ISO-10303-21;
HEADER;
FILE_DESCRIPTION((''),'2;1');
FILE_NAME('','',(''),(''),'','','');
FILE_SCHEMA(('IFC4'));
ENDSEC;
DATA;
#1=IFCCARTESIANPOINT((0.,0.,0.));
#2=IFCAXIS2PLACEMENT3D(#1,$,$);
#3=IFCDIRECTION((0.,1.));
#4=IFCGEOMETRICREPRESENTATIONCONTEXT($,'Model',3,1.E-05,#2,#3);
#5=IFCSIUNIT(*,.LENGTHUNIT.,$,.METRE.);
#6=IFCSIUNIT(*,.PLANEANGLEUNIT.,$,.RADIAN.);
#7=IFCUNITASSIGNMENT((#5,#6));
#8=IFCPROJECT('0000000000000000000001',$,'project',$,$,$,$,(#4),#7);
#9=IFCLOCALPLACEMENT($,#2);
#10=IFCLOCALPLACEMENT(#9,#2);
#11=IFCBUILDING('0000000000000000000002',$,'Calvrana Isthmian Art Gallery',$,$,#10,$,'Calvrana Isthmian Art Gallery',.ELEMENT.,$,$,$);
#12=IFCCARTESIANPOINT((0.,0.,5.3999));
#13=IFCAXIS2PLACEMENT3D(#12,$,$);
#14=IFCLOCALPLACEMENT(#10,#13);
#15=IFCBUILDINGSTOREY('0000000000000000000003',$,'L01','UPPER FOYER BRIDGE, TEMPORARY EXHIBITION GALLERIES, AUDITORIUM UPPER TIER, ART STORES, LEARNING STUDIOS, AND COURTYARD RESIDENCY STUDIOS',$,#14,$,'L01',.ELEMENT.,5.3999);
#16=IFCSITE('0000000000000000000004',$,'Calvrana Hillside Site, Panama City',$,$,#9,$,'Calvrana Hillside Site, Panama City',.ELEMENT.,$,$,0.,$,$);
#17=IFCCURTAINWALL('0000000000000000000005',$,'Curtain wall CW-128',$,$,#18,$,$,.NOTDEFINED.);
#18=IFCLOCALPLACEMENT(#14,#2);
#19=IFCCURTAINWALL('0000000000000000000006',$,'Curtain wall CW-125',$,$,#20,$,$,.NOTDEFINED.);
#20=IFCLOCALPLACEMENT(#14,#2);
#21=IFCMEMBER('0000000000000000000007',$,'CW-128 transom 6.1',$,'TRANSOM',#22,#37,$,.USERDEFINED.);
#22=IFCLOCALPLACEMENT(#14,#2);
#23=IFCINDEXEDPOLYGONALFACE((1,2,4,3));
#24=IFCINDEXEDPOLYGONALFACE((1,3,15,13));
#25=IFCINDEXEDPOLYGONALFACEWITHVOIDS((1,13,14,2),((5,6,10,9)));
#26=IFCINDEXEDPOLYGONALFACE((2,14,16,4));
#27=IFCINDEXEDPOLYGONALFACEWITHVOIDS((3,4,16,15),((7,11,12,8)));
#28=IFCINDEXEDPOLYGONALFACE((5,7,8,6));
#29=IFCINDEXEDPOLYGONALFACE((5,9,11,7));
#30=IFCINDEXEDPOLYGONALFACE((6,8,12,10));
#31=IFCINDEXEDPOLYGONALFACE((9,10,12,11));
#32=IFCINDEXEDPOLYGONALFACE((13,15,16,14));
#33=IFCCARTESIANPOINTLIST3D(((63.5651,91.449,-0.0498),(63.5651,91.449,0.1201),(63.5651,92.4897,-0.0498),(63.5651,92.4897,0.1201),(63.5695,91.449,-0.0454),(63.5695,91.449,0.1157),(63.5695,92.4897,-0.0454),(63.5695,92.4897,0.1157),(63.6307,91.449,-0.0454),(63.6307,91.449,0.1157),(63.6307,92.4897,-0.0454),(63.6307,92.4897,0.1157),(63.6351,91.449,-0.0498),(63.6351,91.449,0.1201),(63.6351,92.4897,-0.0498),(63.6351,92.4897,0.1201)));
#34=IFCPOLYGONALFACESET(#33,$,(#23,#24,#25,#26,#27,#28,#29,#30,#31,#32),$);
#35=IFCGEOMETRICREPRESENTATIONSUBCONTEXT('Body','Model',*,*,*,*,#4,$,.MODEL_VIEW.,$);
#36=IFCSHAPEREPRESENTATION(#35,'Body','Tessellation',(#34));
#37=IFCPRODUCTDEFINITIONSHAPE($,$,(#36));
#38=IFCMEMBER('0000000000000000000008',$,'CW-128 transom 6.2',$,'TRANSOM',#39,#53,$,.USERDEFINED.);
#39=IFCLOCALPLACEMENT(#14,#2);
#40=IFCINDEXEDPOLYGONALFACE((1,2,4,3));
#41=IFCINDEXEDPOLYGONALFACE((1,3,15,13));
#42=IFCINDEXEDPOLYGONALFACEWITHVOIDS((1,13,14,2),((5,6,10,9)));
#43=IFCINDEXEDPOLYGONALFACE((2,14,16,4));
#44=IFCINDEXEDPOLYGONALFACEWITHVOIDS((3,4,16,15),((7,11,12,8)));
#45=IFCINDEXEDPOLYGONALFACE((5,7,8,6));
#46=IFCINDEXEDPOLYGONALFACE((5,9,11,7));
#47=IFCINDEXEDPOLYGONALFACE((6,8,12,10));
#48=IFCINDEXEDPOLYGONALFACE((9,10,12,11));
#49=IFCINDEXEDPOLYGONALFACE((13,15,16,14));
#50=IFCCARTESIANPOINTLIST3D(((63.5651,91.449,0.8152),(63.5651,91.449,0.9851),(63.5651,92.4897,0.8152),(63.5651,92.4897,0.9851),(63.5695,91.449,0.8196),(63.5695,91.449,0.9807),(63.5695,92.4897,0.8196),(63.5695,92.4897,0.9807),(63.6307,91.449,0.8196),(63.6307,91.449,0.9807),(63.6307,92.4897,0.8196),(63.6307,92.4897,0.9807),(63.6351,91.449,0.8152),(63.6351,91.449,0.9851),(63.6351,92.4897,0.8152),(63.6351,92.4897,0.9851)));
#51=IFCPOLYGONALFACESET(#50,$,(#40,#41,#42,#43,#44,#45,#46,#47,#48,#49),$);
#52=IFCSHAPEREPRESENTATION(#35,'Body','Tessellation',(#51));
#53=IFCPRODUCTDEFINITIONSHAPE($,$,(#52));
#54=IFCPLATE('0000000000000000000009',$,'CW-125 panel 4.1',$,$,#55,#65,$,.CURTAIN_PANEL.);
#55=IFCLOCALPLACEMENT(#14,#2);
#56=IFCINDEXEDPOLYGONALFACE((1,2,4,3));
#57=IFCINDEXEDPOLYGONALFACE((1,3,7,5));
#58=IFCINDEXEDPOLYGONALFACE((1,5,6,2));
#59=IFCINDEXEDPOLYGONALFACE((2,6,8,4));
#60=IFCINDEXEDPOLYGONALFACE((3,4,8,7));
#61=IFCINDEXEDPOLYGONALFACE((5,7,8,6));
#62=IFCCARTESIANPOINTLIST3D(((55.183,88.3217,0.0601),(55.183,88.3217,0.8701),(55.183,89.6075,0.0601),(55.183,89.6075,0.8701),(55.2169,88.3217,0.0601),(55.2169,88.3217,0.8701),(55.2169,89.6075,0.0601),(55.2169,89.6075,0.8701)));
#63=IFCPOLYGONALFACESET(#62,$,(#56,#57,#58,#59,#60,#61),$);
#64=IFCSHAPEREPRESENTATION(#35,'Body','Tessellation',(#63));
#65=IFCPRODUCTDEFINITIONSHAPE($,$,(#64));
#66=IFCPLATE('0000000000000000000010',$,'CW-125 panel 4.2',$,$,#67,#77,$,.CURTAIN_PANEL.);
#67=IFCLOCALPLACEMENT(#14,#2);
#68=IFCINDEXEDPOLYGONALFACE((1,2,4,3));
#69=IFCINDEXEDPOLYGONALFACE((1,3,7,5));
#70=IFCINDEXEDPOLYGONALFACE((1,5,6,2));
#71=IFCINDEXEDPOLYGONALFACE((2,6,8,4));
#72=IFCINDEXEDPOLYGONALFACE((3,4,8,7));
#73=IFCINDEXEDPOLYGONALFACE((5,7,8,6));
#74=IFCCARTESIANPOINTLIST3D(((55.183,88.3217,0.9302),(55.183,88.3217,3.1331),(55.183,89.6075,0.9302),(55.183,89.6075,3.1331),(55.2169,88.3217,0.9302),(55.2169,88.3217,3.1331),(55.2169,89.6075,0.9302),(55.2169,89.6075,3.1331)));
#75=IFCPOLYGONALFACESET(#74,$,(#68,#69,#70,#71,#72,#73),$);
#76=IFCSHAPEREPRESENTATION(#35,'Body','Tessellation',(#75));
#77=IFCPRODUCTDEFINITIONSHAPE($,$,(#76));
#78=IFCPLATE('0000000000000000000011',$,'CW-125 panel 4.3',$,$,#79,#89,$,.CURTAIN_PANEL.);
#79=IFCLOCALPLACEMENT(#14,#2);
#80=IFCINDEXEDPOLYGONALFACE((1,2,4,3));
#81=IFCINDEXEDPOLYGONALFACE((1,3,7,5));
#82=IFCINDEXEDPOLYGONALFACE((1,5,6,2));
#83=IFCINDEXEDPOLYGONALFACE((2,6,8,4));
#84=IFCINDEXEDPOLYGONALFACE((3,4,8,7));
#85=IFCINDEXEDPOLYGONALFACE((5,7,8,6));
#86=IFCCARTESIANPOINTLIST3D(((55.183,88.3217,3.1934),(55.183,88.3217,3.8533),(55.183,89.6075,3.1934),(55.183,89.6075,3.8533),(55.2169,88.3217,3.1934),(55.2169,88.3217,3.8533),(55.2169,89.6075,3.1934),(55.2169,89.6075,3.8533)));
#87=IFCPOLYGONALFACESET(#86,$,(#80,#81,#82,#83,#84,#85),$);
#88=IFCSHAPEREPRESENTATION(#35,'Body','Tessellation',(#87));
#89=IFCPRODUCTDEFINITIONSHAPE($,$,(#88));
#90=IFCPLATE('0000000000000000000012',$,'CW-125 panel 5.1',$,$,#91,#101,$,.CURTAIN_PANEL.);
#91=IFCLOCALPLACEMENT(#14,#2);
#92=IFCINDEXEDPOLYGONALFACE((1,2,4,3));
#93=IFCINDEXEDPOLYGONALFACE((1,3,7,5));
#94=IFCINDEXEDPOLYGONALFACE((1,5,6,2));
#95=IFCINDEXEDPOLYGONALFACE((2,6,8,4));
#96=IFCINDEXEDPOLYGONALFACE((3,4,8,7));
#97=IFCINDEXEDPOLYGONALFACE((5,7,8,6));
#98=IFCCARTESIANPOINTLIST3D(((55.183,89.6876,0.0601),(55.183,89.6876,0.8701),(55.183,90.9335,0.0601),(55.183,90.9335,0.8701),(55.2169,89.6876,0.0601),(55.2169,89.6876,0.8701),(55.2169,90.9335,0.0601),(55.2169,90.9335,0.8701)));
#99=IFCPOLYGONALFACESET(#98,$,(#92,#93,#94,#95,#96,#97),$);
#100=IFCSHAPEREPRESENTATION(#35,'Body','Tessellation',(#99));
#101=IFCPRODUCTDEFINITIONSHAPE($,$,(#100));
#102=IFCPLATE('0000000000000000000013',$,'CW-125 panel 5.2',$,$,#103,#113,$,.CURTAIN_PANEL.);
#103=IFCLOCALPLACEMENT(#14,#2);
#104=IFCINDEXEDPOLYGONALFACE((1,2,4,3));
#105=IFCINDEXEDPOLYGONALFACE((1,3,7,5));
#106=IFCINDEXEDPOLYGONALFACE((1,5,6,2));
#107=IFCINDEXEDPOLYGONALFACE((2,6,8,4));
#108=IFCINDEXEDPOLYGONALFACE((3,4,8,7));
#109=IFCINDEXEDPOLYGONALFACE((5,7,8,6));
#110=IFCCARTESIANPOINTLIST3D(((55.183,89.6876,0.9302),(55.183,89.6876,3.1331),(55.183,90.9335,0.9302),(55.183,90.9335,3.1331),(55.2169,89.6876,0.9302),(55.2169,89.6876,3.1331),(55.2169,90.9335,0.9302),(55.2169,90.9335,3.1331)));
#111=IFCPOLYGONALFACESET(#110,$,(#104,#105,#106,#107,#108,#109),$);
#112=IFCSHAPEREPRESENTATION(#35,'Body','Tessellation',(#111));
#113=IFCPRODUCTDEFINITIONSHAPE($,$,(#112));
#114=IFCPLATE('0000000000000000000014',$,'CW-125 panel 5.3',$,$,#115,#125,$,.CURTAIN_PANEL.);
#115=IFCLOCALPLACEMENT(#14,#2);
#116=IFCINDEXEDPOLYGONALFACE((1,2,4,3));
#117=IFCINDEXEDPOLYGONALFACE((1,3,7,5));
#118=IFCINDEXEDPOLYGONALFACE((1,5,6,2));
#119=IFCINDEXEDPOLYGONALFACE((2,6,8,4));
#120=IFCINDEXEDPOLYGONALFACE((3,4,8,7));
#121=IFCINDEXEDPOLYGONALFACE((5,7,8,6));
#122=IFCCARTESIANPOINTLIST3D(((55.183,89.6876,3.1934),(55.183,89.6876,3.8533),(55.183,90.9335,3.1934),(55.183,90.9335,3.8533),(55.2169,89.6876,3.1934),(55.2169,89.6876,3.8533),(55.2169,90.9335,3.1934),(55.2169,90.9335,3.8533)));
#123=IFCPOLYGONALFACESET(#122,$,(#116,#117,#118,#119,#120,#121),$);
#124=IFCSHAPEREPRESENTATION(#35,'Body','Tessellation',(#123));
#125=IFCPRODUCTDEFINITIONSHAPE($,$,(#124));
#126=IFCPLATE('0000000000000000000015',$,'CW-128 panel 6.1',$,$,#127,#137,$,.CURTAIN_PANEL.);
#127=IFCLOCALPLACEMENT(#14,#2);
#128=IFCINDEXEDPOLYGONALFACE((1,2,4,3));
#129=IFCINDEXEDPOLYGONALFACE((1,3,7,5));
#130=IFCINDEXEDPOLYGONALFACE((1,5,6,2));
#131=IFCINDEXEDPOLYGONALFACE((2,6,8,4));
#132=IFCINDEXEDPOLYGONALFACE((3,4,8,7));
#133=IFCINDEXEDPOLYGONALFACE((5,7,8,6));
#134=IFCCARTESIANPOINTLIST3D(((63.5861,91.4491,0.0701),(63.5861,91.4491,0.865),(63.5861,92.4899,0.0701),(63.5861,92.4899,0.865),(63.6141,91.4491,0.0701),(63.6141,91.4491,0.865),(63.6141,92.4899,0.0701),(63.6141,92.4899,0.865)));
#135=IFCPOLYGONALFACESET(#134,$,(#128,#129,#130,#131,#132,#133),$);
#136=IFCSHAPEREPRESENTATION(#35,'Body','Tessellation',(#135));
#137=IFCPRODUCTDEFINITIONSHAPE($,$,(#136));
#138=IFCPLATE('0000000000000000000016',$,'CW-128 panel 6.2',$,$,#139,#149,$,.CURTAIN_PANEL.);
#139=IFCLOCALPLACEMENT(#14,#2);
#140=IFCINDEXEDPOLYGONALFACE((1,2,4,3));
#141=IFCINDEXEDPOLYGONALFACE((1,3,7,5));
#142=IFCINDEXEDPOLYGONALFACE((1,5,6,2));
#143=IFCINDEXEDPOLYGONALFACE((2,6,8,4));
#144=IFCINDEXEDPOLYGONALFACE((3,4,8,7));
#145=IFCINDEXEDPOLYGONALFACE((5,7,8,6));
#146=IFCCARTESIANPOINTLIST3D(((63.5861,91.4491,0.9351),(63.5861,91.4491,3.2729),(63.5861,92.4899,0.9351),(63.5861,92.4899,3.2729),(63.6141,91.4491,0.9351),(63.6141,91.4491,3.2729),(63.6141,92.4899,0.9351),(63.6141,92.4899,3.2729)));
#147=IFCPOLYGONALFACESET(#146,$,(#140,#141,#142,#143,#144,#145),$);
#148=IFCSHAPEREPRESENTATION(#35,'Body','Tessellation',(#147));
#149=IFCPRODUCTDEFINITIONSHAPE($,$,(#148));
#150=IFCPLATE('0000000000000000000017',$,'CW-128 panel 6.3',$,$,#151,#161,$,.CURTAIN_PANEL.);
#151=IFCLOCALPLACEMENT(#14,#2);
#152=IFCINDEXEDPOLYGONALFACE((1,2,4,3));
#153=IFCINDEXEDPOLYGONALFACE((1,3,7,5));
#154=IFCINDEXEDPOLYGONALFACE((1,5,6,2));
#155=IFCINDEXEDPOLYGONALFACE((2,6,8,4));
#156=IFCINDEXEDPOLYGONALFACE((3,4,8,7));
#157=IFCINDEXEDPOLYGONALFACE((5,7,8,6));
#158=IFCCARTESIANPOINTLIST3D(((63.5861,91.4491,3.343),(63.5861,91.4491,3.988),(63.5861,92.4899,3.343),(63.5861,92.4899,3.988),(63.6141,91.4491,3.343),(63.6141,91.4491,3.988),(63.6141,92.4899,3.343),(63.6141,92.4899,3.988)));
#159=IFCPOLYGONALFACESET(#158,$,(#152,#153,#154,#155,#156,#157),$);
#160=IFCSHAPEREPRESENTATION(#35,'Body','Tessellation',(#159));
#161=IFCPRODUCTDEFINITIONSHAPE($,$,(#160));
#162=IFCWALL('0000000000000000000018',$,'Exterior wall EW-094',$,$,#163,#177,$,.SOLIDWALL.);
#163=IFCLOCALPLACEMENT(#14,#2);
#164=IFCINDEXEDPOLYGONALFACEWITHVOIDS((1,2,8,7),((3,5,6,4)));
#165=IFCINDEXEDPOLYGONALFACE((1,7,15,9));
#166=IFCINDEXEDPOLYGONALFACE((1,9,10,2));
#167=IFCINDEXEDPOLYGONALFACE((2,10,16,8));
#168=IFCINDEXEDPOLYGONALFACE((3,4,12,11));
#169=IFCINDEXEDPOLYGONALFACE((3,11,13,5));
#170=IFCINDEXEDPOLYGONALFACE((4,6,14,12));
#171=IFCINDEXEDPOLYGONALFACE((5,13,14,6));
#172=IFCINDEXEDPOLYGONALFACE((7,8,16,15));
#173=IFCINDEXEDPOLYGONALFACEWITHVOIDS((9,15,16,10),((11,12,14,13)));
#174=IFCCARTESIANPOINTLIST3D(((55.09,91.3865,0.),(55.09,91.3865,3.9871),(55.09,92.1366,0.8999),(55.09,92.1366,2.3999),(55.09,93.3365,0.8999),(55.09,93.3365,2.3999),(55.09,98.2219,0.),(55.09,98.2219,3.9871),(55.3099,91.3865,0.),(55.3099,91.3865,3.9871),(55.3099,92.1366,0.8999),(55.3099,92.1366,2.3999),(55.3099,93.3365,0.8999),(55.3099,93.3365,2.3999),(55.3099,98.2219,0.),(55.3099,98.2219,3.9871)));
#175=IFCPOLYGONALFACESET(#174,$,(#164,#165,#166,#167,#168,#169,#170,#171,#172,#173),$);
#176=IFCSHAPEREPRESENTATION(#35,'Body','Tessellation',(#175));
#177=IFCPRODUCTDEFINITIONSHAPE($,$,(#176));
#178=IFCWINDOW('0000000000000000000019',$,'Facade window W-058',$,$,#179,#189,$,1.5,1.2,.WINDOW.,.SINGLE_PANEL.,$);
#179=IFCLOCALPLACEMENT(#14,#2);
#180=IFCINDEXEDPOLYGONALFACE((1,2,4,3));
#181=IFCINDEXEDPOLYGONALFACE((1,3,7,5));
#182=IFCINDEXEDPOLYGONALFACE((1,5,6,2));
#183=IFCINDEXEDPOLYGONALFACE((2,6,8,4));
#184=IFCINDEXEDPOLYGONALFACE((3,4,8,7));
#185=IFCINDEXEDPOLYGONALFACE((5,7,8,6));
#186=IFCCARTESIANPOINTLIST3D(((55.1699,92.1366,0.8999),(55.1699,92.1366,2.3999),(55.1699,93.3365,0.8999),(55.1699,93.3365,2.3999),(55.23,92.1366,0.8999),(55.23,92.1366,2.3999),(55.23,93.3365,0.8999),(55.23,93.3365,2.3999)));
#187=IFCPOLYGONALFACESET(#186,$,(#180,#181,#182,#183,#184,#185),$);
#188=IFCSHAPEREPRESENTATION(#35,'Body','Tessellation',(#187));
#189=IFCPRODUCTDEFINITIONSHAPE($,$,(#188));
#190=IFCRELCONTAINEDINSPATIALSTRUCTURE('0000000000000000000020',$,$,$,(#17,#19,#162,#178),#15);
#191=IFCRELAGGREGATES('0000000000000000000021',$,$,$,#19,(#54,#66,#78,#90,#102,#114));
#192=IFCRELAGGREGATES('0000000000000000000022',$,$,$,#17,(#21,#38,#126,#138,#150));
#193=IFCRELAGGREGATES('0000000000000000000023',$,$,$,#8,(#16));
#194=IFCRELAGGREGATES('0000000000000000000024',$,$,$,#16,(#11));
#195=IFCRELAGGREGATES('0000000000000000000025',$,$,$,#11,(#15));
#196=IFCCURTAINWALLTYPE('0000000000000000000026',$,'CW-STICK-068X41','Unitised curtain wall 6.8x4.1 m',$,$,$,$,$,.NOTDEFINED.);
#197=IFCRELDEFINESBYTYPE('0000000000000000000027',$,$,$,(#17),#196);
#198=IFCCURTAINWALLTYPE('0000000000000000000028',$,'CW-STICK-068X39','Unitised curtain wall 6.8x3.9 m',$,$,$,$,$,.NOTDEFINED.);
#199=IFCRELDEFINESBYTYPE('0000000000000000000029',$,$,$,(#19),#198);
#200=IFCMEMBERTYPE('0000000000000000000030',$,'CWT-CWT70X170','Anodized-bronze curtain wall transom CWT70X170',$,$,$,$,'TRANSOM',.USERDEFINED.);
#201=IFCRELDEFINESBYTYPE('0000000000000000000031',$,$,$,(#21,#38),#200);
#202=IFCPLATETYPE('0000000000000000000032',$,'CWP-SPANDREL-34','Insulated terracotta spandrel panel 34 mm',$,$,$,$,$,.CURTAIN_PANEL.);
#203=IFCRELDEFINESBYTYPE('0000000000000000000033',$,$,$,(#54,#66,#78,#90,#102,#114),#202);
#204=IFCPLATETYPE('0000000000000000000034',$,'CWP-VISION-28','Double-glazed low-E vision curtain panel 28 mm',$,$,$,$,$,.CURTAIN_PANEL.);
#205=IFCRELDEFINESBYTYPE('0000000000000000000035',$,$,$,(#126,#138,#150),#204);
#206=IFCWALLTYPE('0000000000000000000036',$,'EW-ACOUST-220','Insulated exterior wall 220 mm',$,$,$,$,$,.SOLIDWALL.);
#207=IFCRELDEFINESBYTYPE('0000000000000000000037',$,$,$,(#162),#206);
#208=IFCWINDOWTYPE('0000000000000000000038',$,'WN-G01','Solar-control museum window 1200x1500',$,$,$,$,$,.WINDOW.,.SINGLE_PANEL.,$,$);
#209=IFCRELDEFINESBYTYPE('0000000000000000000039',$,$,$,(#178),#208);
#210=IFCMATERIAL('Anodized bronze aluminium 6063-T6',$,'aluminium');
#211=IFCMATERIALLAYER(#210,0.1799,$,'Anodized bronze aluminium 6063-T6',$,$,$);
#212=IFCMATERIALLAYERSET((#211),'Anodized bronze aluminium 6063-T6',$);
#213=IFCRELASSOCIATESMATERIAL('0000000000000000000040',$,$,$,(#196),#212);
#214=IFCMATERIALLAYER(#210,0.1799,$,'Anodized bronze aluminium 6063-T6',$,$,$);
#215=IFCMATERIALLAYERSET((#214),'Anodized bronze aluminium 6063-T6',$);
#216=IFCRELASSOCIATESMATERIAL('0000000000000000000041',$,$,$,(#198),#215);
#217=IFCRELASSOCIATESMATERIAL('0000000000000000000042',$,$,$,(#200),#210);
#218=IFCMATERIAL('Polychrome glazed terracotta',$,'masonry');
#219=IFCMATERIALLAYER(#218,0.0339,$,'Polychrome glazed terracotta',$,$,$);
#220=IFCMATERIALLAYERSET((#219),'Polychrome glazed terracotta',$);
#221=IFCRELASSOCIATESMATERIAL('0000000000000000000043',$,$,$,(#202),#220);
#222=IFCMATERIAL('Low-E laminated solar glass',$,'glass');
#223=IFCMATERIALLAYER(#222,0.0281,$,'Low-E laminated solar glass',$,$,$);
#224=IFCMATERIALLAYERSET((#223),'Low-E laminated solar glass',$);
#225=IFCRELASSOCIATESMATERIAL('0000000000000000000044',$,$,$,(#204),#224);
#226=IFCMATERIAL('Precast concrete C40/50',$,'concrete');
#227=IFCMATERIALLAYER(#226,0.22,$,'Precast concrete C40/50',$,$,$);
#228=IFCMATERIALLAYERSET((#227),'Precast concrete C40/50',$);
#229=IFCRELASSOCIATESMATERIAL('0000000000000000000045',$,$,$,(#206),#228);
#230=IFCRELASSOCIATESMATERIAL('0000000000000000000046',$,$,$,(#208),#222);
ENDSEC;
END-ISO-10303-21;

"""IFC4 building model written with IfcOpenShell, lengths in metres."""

from ifc_helpers import new_model, si_unit, direction, frame, frame_2d, origin, origin_2d, place, context, subcontext, project, spatial, rectangle, hollow_rectangle, extrude, material, layer, layer_set, material_profile, profile_set, type_object, element, fill, aggregate, save


model = new_model("IFC4")

# Units and contexts
model_context = context("Model", 3, precision=1e-05, world=origin(), true_north=direction((0.0, 1.0)))
body_context = subcontext(model_context, "Body", "Model", "MODEL_VIEW")
ifc_project = project(units=[si_unit("LENGTHUNIT", "METRE"), si_unit("PLANEANGLEUNIT", "RADIAN")], contexts=[model_context])

# Site, building, storey
site_placement = place(None, origin())
site = spatial("IfcSite", under=ifc_project, at=site_placement, Name="Calvrana Hillside Site, Panama City", LongName="Calvrana Hillside Site, Panama City", CompositionType="ELEMENT", RefElevation=0.0)
building_placement = place(site_placement, origin())
building = spatial("IfcBuilding", under=site, at=building_placement, Name="Calvrana Isthmian Art Gallery", LongName="Calvrana Isthmian Art Gallery", CompositionType="ELEMENT")
storey_placement = place(building_placement, frame((0.0, 0.0, 5.3999)))
storey = spatial("IfcBuildingStorey", under=building, at=storey_placement, Name="L01", Description="UPPER FOYER BRIDGE, TEMPORARY EXHIBITION GALLERIES, AUDITORIUM UPPER TIER, ART STORES, LEARNING STUDIOS, AND COURTYARD RESIDENCY STUDIOS", LongName="L01", CompositionType="ELEMENT", Elevation=5.3999)

# Curtain wall
ifc_material_1 = material(Name="Anodized bronze aluminium 6063-T6", Category="aluminium")
ifc_layer_1 = layer(ifc_material_1, 0.1799, Name="Anodized bronze aluminium 6063-T6")
ifc_layer_set_1 = layer_set([ifc_layer_1], Name="Anodized bronze aluminium 6063-T6")
curtain_wall_type_1 = type_object("IfcCurtainWallType", Name="CW-STICK-068X41", Description="Unitised curtain wall 6.8x4.1 m", PredefinedType="NOTDEFINED", material=ifc_layer_set_1)
curtain_wall_1_placement = place(storey_placement, origin())
curtain_wall_1 = element("IfcCurtainWall", 1, at=curtain_wall_1_placement, inside=storey, type_object=curtain_wall_type_1, Name="Curtain wall CW-128", PredefinedType="NOTDEFINED")

# Curtain wall
ifc_layer_2 = layer(ifc_material_1, 0.1799, Name="Anodized bronze aluminium 6063-T6")
ifc_layer_set_2 = layer_set([ifc_layer_2], Name="Anodized bronze aluminium 6063-T6")
curtain_wall_type_2 = type_object("IfcCurtainWallType", Name="CW-STICK-068X39", Description="Unitised curtain wall 6.8x3.9 m", PredefinedType="NOTDEFINED", material=ifc_layer_set_2)
curtain_wall_2_placement = place(storey_placement, origin())
curtain_wall_2 = element("IfcCurtainWall", 2, at=curtain_wall_2_placement, inside=storey, type_object=curtain_wall_type_2, Name="Curtain wall CW-125", PredefinedType="NOTDEFINED")

# Members
ifc_material_profile_1 = material_profile(ifc_material_1, hollow_rectangle(XDim=0.0701, YDim=0.1699, WallThickness=0.0044, at=origin_2d()), Name="CWT70X170")
ifc_profile_set_1 = profile_set([ifc_material_profile_1], Name="Anodized bronze aluminium 6063-T6")
member_type_1 = type_object("IfcMemberType", Name="CWT-CWT70X170", Description="Anodized-bronze curtain wall transom CWT70X170", ElementType="TRANSOM", PredefinedType="USERDEFINED", material=ifc_profile_set_1)
member_1_placement = place(storey_placement, frame((63.6001, 92.4897, 0.0352), z_axis=(0.0, -1.0, 0.0), x_axis=(1.0, 0.0, 0.0)))
member_1 = element("IfcMember", 3, at=member_1_placement, type_object=member_type_1, Name="CW-128 transom 6.1", ObjectType="TRANSOM", PredefinedType="USERDEFINED", context=body_context, shape_type="SweptSolid", body=[
    extrude(hollow_rectangle(XDim=0.0701, YDim=0.1699, WallThickness=0.0044, at=origin_2d()), origin(), (0.0, 0.0, 1.0), 1.0408),
])
member_2_placement = place(storey_placement, frame((63.6001, 92.4897, 0.9001), z_axis=(0.0, -1.0, 0.0), x_axis=(1.0, 0.0, 0.0)))
member_2 = element("IfcMember", 4, at=member_2_placement, type_object=member_type_1, Name="CW-128 transom 6.2", ObjectType="TRANSOM", PredefinedType="USERDEFINED", context=body_context, shape_type="SweptSolid", body=[
    extrude(hollow_rectangle(XDim=0.0701, YDim=0.1699, WallThickness=0.0044, at=origin_2d()), origin(), (0.0, 0.0, 1.0), 1.0408),
])

# Plates
ifc_material_2 = material(Name="Polychrome glazed terracotta", Category="masonry")
ifc_layer_3 = layer(ifc_material_2, 0.0339, Name="Polychrome glazed terracotta")
ifc_layer_set_3 = layer_set([ifc_layer_3], Name="Polychrome glazed terracotta")
plate_type_1 = type_object("IfcPlateType", Name="CWP-SPANDREL-34", Description="Insulated terracotta spandrel panel 34 mm", PredefinedType="CURTAIN_PANEL", material=ifc_layer_set_3)
plate_1_placement = place(storey_placement, frame((55.2, 88.9646, 0.0601), z_axis=(0.0, 0.0, 1.0), x_axis=(0.0, 1.0, 0.0)))
plate_1 = element("IfcPlate", 5, at=plate_1_placement, type_object=plate_type_1, Name="CW-125 panel 4.1", PredefinedType="CURTAIN_PANEL", context=body_context, shape_type="SweptSolid", body=[
    extrude(rectangle(XDim=1.2859, YDim=0.0339, at=origin_2d()), origin(), (0.0, 0.0, 1.0), 0.8101),
])
plate_2_placement = place(storey_placement, frame((55.2, 88.9646, 0.9302), z_axis=(0.0, 0.0, 1.0), x_axis=(0.0, 1.0, 0.0)))
plate_2 = element("IfcPlate", 6, at=plate_2_placement, type_object=plate_type_1, Name="CW-125 panel 4.2", PredefinedType="CURTAIN_PANEL", context=body_context, shape_type="SweptSolid", body=[
    extrude(rectangle(XDim=1.2859, YDim=0.0339, at=origin_2d()), origin(), (0.0, 0.0, 1.0), 2.2029),
])
plate_3_placement = place(storey_placement, frame((55.2, 88.9646, 3.1934), z_axis=(0.0, 0.0, 1.0), x_axis=(0.0, 1.0, 0.0)))
plate_3 = element("IfcPlate", 7, at=plate_3_placement, type_object=plate_type_1, Name="CW-125 panel 4.3", PredefinedType="CURTAIN_PANEL", context=body_context, shape_type="SweptSolid", body=[
    extrude(rectangle(XDim=1.2859, YDim=0.0339, at=origin_2d()), origin(), (0.0, 0.0, 1.0), 0.6599),
])
plate_4_placement = place(storey_placement, frame((55.2, 90.3105, 0.0601), z_axis=(0.0, 0.0, 1.0), x_axis=(0.0, 1.0, 0.0)))
plate_4 = element("IfcPlate", 8, at=plate_4_placement, type_object=plate_type_1, Name="CW-125 panel 5.1", PredefinedType="CURTAIN_PANEL", context=body_context, shape_type="SweptSolid", body=[
    extrude(rectangle(XDim=1.2458, YDim=0.0339, at=origin_2d()), origin(), (0.0, 0.0, 1.0), 0.8101),
])
plate_5_placement = place(storey_placement, frame((55.2, 90.3105, 0.9302), z_axis=(0.0, 0.0, 1.0), x_axis=(0.0, 1.0, 0.0)))
plate_5 = element("IfcPlate", 9, at=plate_5_placement, type_object=plate_type_1, Name="CW-125 panel 5.2", PredefinedType="CURTAIN_PANEL", context=body_context, shape_type="SweptSolid", body=[
    extrude(rectangle(XDim=1.2458, YDim=0.0339, at=origin_2d()), origin(), (0.0, 0.0, 1.0), 2.2029),
])
plate_6_placement = place(storey_placement, frame((55.2, 90.3105, 3.1934), z_axis=(0.0, 0.0, 1.0), x_axis=(0.0, 1.0, 0.0)))
plate_6 = element("IfcPlate", 10, at=plate_6_placement, type_object=plate_type_1, Name="CW-125 panel 5.3", PredefinedType="CURTAIN_PANEL", context=body_context, shape_type="SweptSolid", body=[
    extrude(rectangle(XDim=1.2458, YDim=0.0339, at=origin_2d()), origin(), (0.0, 0.0, 1.0), 0.6599),
])
aggregate(curtain_wall_2, [plate_1, plate_2, plate_3, plate_4, plate_5, plate_6])
ifc_material_3 = material(Name="Low-E laminated solar glass", Category="glass")
ifc_layer_4 = layer(ifc_material_3, 0.0281, Name="Low-E laminated solar glass")
ifc_layer_set_4 = layer_set([ifc_layer_4], Name="Low-E laminated solar glass")
plate_type_2 = type_object("IfcPlateType", Name="CWP-VISION-28", Description="Double-glazed low-E vision curtain panel 28 mm", PredefinedType="CURTAIN_PANEL", material=ifc_layer_set_4)
plate_7_placement = place(storey_placement, frame((63.6001, 91.9695, 0.0701), z_axis=(0.0, 0.0, 1.0), x_axis=(0.0, -1.0, 0.0)))
plate_7 = element("IfcPlate", 11, at=plate_7_placement, type_object=plate_type_2, Name="CW-128 panel 6.1", PredefinedType="CURTAIN_PANEL", context=body_context, shape_type="SweptSolid", body=[
    extrude(rectangle(XDim=1.0408, YDim=0.0281, at=origin_2d()), origin(), (0.0, 0.0, 1.0), 0.7949),
])
plate_8_placement = place(storey_placement, frame((63.6001, 91.9695, 0.9351), z_axis=(0.0, 0.0, 1.0), x_axis=(0.0, -1.0, 0.0)))
plate_8 = element("IfcPlate", 12, at=plate_8_placement, type_object=plate_type_2, Name="CW-128 panel 6.2", PredefinedType="CURTAIN_PANEL", context=body_context, shape_type="SweptSolid", body=[
    extrude(rectangle(XDim=1.0408, YDim=0.0281, at=origin_2d()), origin(), (0.0, 0.0, 1.0), 2.3379),
])
plate_9_placement = place(storey_placement, frame((63.6001, 91.9695, 3.343), z_axis=(0.0, 0.0, 1.0), x_axis=(0.0, -1.0, 0.0)))
plate_9 = element("IfcPlate", 13, at=plate_9_placement, type_object=plate_type_2, Name="CW-128 panel 6.3", PredefinedType="CURTAIN_PANEL", context=body_context, shape_type="SweptSolid", body=[
    extrude(rectangle(XDim=1.0408, YDim=0.0281, at=origin_2d()), origin(), (0.0, 0.0, 1.0), 0.645),
])
aggregate(curtain_wall_1, [member_1, member_2, plate_7, plate_8, plate_9])

# Wall, opening, window
ifc_material_4 = material(Name="Precast concrete C40/50", Category="concrete")
ifc_layer_5 = layer(ifc_material_4, 0.22, Name="Precast concrete C40/50")
ifc_layer_set_5 = layer_set([ifc_layer_5], Name="Precast concrete C40/50")
wall_type_1 = type_object("IfcWallType", Name="EW-ACOUST-220", Description="Insulated exterior wall 220 mm", PredefinedType="SOLIDWALL", material=ifc_layer_set_5)
wall_1_placement = place(storey_placement, frame((55.2, 91.3865, 0.0), z_axis=(0.0, 0.0, 1.0), x_axis=(0.0, 1.0, 0.0)))
wall_1 = element("IfcWall", 14, at=wall_1_placement, inside=storey, type_object=wall_type_1, Name="Exterior wall EW-094", PredefinedType="SOLIDWALL", context=body_context, shape_type="SweptSolid", body=[
    extrude(rectangle(XDim=6.8354, YDim=0.22, at=frame_2d((3.4177, 0.0))), origin(), (0.0, 0.0, 1.0), 3.9871),
])
opening_1_placement = place(wall_1_placement, frame((0.75, 0.0, 0.8999)))
opening_1 = element("IfcOpeningElement", 15, at=opening_1_placement, cuts=wall_1, PredefinedType="OPENING", context=body_context, shape_type="SweptSolid", body=[
    extrude(rectangle(XDim=1.2, YDim=1.5, at=frame_2d((0.6001, 0.75))), frame((0.0, 0.1201, 0.0), z_axis=(0.0, -1.0, 0.0), x_axis=(1.0, 0.0, 0.0)), (0.0, 0.0, 1.0), 0.2405),
])
window_type = type_object("IfcWindowType", Name="WN-G01", Description="Solar-control museum window 1200x1500", PartitioningType="SINGLE_PANEL", PredefinedType="WINDOW", material=ifc_material_3)
window_1_placement = place(opening_1_placement, origin())
window_1 = element("IfcWindow", 16, at=window_1_placement, inside=storey, type_object=window_type, Name="Facade window W-058", OverallHeight=1.5, OverallWidth=1.2, PartitioningType="SINGLE_PANEL", PredefinedType="WINDOW", context=body_context, shape_type="SweptSolid", body=[
    extrude(rectangle(XDim=1.2, YDim=1.5, at=frame_2d((0.6001, 0.75))), frame((0.0, 0.03, 0.0), z_axis=(0.0, -1.0, 0.0), x_axis=(1.0, 0.0, 0.0)), (0.0, 0.0, 1.0), 0.0601),
])
fill(opening_1, window_1)

save(model, "model.ifc")
